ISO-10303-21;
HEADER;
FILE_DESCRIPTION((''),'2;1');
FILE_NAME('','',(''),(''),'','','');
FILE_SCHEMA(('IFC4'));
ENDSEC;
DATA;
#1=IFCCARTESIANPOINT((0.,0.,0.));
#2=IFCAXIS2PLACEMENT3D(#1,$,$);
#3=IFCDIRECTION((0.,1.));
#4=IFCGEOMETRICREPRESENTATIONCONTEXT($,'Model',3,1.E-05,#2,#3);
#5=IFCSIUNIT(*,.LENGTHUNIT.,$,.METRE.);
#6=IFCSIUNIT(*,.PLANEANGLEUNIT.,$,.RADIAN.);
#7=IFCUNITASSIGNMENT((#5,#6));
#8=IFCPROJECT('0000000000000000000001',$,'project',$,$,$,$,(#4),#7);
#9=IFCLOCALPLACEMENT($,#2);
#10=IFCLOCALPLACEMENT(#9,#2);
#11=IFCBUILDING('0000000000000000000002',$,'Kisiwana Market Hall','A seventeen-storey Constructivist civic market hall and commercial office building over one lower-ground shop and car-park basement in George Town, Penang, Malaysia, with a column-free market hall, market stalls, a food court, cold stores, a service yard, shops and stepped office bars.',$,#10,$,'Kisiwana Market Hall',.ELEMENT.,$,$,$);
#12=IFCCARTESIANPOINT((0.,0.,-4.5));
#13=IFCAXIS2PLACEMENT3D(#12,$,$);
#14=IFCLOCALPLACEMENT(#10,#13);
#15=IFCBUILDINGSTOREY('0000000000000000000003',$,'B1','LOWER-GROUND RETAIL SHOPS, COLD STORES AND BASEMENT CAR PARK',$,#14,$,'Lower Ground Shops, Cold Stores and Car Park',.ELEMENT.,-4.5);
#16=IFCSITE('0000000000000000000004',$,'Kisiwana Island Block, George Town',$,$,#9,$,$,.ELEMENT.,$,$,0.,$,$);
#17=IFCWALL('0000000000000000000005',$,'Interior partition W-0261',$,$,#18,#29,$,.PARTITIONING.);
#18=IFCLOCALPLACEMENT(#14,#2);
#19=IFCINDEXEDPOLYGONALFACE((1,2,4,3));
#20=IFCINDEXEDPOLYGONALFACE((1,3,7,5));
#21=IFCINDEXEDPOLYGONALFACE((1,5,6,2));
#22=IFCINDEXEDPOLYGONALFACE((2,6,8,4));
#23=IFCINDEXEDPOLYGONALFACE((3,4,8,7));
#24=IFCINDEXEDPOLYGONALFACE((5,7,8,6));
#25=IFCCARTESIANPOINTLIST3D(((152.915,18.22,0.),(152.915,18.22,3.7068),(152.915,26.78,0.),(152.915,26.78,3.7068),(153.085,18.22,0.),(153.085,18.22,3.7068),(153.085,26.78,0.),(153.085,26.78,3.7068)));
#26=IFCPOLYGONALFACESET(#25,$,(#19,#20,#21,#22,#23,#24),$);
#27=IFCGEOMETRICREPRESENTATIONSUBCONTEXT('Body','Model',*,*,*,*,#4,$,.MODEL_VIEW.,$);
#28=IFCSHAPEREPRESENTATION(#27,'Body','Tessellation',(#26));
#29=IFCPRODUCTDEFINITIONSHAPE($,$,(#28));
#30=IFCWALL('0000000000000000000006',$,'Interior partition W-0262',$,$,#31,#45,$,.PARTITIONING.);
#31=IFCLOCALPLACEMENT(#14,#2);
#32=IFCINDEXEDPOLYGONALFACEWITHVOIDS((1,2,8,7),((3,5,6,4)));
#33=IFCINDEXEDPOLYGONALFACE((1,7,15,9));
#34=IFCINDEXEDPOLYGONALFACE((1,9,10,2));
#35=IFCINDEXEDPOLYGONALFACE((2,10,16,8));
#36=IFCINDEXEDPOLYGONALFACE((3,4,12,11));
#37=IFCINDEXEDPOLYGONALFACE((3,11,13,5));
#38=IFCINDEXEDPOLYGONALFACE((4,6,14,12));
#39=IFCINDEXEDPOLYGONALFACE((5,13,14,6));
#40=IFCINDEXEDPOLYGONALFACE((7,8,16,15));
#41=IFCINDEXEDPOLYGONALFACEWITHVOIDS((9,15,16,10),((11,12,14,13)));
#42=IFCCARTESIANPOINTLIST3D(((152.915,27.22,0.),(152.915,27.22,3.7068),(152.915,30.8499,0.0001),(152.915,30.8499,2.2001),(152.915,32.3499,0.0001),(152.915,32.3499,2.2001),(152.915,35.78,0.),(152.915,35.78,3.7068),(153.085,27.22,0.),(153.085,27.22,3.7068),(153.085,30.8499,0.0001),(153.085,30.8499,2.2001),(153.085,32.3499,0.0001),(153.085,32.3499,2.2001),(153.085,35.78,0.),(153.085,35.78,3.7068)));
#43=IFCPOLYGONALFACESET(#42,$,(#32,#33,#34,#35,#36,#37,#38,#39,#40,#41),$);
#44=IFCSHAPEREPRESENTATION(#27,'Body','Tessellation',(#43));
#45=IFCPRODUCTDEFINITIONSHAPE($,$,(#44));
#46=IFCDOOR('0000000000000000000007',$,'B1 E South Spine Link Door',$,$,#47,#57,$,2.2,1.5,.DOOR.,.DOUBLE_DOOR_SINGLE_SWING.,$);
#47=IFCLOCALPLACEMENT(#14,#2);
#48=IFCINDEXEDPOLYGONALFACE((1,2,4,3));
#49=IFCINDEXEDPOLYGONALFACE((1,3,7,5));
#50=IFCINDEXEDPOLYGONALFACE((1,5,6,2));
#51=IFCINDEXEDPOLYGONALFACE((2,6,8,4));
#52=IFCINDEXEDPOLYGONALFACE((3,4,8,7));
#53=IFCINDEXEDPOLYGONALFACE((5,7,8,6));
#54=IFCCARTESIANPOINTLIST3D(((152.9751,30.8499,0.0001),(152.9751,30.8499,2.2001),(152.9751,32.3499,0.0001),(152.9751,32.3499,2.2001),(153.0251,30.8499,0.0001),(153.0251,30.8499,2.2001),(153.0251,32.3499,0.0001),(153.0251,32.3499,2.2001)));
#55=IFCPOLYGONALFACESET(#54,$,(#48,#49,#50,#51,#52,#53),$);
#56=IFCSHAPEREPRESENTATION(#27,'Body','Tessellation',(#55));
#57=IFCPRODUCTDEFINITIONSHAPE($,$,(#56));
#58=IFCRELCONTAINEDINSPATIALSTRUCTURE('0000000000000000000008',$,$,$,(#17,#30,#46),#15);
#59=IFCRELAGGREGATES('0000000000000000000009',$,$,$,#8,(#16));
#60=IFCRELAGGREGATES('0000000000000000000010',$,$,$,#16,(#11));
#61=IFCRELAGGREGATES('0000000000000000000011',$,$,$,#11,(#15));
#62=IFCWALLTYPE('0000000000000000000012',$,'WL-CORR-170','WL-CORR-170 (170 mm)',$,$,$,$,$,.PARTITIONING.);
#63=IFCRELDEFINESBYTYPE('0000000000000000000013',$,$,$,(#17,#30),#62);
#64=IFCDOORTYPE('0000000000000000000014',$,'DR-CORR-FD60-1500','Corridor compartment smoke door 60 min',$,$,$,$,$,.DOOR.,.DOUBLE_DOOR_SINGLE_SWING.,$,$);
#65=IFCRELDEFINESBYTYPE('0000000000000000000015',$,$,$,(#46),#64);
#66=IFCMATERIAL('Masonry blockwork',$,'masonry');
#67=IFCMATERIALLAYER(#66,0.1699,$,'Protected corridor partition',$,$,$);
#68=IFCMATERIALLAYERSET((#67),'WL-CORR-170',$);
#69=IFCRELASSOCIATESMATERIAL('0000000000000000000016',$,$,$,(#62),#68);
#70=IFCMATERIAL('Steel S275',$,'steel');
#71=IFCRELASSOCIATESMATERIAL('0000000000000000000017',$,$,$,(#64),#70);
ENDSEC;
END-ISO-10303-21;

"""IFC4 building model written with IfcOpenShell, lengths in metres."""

from ifc_helpers import new_model, si_unit, direction, frame, frame_2d, origin, place, context, subcontext, project, spatial, rectangle, extrude, material, layer, layer_set, type_object, element, fill, save


model = new_model("IFC4")

# Units and contexts
model_context = context("Model", 3, precision=1e-05, world=origin(), true_north=direction((0.0, 1.0)))
body_context = subcontext(model_context, "Body", "Model", "MODEL_VIEW")
ifc_project = project(units=[si_unit("LENGTHUNIT", "METRE"), si_unit("PLANEANGLEUNIT", "RADIAN")], contexts=[model_context])

# Site, building, storey
site_placement = place(None, origin())
site = spatial("IfcSite", under=ifc_project, at=site_placement, Name="Kisiwana Island Block, George Town", CompositionType="ELEMENT", RefElevation=0.0)
building_placement = place(site_placement, origin())
building = spatial("IfcBuilding", under=site, at=building_placement, Name="Kisiwana Market Hall", Description="A seventeen-storey Constructivist civic market hall and commercial office building over one lower-ground shop and car-park basement in George Town, Penang, Malaysia, with a column-free market hall, market stalls, a food court, cold stores, a service yard, shops and stepped office bars.", LongName="Kisiwana Market Hall", CompositionType="ELEMENT")
storey_placement = place(building_placement, frame((0.0, 0.0, -4.5)))
storey = spatial("IfcBuildingStorey", under=building, at=storey_placement, Name="B1", Description="LOWER-GROUND RETAIL SHOPS, COLD STORES AND BASEMENT CAR PARK", LongName="Lower Ground Shops, Cold Stores and Car Park", CompositionType="ELEMENT", Elevation=-4.5)

# Wall
ifc_material_1 = material(Name="Masonry blockwork", Category="masonry")
ifc_layer_1 = layer(ifc_material_1, 0.1699, Name="Protected corridor partition")
ifc_layer_set_1 = layer_set([ifc_layer_1], Name="WL-CORR-170")
wall_type_1 = type_object("IfcWallType", Name="WL-CORR-170", Description="WL-CORR-170 (170 mm)", PredefinedType="PARTITIONING", material=ifc_layer_set_1)
wall_1_placement = place(storey_placement, frame((153.0, 18.22, 0.0), z_axis=(0.0, 0.0, 1.0), x_axis=(0.0, 1.0, 0.0)))
element("IfcWall", 1, at=wall_1_placement, inside=storey, type_object=wall_type_1, Name="Interior partition W-0261", PredefinedType="PARTITIONING", context=body_context, shape_type="SweptSolid", body=[
    extrude(rectangle(XDim=8.5601, YDim=0.1699, at=frame_2d((4.28, 0.0))), origin(), (0.0, 0.0, 1.0), 3.7068),
])

# Wall, opening, door
wall_2_placement = place(storey_placement, frame((153.0, 27.22, 0.0), z_axis=(0.0, 0.0, 1.0), x_axis=(0.0, 1.0, 0.0)))
wall_2 = element("IfcWall", 2, at=wall_2_placement, inside=storey, type_object=wall_type_1, Name="Interior partition W-0262", PredefinedType="PARTITIONING", context=body_context, shape_type="SweptSolid", body=[
    extrude(rectangle(XDim=8.5601, YDim=0.1699, at=frame_2d((4.28, 0.0))), origin(), (0.0, 0.0, 1.0), 3.7068),
])
opening_1_placement = place(wall_2_placement, frame((3.6299, 0.0, 0.0)))
opening_1 = element("IfcOpeningElement", 3, at=opening_1_placement, cuts=wall_2, PredefinedType="OPENING", context=body_context, shape_type="SweptSolid", body=[
    extrude(rectangle(XDim=1.5, YDim=2.2, at=frame_2d((0.75, 1.1001))), frame((0.0, 0.0969, 0.0), z_axis=(0.0, -1.0, 0.0), x_axis=(1.0, 0.0, 0.0)), (0.0, 0.0, 1.0), 0.1938),
])
ifc_material_2 = material(Name="Steel S275", Category="steel")
door_type_1 = type_object("IfcDoorType", Name="DR-CORR-FD60-1500", Description="Corridor compartment smoke door 60 min", OperationType="DOUBLE_DOOR_SINGLE_SWING", PredefinedType="DOOR", material=ifc_material_2)
door_1_placement = place(opening_1_placement, origin())
door_1 = element("IfcDoor", 4, at=door_1_placement, inside=storey, type_object=door_type_1, Name="B1 E South Spine Link Door", OperationType="DOUBLE_DOOR_SINGLE_SWING", OverallHeight=2.2, OverallWidth=1.5, PredefinedType="DOOR", context=body_context, shape_type="SweptSolid", body=[
    extrude(rectangle(XDim=1.5, YDim=2.2, at=frame_2d((0.75, 1.1001))), frame((0.0, 0.0249, 0.0), z_axis=(0.0, -1.0, 0.0), x_axis=(1.0, 0.0, 0.0)), (0.0, 0.0, 1.0), 0.05),
])
fill(opening_1, door_1)

save(model, "model.ifc")
